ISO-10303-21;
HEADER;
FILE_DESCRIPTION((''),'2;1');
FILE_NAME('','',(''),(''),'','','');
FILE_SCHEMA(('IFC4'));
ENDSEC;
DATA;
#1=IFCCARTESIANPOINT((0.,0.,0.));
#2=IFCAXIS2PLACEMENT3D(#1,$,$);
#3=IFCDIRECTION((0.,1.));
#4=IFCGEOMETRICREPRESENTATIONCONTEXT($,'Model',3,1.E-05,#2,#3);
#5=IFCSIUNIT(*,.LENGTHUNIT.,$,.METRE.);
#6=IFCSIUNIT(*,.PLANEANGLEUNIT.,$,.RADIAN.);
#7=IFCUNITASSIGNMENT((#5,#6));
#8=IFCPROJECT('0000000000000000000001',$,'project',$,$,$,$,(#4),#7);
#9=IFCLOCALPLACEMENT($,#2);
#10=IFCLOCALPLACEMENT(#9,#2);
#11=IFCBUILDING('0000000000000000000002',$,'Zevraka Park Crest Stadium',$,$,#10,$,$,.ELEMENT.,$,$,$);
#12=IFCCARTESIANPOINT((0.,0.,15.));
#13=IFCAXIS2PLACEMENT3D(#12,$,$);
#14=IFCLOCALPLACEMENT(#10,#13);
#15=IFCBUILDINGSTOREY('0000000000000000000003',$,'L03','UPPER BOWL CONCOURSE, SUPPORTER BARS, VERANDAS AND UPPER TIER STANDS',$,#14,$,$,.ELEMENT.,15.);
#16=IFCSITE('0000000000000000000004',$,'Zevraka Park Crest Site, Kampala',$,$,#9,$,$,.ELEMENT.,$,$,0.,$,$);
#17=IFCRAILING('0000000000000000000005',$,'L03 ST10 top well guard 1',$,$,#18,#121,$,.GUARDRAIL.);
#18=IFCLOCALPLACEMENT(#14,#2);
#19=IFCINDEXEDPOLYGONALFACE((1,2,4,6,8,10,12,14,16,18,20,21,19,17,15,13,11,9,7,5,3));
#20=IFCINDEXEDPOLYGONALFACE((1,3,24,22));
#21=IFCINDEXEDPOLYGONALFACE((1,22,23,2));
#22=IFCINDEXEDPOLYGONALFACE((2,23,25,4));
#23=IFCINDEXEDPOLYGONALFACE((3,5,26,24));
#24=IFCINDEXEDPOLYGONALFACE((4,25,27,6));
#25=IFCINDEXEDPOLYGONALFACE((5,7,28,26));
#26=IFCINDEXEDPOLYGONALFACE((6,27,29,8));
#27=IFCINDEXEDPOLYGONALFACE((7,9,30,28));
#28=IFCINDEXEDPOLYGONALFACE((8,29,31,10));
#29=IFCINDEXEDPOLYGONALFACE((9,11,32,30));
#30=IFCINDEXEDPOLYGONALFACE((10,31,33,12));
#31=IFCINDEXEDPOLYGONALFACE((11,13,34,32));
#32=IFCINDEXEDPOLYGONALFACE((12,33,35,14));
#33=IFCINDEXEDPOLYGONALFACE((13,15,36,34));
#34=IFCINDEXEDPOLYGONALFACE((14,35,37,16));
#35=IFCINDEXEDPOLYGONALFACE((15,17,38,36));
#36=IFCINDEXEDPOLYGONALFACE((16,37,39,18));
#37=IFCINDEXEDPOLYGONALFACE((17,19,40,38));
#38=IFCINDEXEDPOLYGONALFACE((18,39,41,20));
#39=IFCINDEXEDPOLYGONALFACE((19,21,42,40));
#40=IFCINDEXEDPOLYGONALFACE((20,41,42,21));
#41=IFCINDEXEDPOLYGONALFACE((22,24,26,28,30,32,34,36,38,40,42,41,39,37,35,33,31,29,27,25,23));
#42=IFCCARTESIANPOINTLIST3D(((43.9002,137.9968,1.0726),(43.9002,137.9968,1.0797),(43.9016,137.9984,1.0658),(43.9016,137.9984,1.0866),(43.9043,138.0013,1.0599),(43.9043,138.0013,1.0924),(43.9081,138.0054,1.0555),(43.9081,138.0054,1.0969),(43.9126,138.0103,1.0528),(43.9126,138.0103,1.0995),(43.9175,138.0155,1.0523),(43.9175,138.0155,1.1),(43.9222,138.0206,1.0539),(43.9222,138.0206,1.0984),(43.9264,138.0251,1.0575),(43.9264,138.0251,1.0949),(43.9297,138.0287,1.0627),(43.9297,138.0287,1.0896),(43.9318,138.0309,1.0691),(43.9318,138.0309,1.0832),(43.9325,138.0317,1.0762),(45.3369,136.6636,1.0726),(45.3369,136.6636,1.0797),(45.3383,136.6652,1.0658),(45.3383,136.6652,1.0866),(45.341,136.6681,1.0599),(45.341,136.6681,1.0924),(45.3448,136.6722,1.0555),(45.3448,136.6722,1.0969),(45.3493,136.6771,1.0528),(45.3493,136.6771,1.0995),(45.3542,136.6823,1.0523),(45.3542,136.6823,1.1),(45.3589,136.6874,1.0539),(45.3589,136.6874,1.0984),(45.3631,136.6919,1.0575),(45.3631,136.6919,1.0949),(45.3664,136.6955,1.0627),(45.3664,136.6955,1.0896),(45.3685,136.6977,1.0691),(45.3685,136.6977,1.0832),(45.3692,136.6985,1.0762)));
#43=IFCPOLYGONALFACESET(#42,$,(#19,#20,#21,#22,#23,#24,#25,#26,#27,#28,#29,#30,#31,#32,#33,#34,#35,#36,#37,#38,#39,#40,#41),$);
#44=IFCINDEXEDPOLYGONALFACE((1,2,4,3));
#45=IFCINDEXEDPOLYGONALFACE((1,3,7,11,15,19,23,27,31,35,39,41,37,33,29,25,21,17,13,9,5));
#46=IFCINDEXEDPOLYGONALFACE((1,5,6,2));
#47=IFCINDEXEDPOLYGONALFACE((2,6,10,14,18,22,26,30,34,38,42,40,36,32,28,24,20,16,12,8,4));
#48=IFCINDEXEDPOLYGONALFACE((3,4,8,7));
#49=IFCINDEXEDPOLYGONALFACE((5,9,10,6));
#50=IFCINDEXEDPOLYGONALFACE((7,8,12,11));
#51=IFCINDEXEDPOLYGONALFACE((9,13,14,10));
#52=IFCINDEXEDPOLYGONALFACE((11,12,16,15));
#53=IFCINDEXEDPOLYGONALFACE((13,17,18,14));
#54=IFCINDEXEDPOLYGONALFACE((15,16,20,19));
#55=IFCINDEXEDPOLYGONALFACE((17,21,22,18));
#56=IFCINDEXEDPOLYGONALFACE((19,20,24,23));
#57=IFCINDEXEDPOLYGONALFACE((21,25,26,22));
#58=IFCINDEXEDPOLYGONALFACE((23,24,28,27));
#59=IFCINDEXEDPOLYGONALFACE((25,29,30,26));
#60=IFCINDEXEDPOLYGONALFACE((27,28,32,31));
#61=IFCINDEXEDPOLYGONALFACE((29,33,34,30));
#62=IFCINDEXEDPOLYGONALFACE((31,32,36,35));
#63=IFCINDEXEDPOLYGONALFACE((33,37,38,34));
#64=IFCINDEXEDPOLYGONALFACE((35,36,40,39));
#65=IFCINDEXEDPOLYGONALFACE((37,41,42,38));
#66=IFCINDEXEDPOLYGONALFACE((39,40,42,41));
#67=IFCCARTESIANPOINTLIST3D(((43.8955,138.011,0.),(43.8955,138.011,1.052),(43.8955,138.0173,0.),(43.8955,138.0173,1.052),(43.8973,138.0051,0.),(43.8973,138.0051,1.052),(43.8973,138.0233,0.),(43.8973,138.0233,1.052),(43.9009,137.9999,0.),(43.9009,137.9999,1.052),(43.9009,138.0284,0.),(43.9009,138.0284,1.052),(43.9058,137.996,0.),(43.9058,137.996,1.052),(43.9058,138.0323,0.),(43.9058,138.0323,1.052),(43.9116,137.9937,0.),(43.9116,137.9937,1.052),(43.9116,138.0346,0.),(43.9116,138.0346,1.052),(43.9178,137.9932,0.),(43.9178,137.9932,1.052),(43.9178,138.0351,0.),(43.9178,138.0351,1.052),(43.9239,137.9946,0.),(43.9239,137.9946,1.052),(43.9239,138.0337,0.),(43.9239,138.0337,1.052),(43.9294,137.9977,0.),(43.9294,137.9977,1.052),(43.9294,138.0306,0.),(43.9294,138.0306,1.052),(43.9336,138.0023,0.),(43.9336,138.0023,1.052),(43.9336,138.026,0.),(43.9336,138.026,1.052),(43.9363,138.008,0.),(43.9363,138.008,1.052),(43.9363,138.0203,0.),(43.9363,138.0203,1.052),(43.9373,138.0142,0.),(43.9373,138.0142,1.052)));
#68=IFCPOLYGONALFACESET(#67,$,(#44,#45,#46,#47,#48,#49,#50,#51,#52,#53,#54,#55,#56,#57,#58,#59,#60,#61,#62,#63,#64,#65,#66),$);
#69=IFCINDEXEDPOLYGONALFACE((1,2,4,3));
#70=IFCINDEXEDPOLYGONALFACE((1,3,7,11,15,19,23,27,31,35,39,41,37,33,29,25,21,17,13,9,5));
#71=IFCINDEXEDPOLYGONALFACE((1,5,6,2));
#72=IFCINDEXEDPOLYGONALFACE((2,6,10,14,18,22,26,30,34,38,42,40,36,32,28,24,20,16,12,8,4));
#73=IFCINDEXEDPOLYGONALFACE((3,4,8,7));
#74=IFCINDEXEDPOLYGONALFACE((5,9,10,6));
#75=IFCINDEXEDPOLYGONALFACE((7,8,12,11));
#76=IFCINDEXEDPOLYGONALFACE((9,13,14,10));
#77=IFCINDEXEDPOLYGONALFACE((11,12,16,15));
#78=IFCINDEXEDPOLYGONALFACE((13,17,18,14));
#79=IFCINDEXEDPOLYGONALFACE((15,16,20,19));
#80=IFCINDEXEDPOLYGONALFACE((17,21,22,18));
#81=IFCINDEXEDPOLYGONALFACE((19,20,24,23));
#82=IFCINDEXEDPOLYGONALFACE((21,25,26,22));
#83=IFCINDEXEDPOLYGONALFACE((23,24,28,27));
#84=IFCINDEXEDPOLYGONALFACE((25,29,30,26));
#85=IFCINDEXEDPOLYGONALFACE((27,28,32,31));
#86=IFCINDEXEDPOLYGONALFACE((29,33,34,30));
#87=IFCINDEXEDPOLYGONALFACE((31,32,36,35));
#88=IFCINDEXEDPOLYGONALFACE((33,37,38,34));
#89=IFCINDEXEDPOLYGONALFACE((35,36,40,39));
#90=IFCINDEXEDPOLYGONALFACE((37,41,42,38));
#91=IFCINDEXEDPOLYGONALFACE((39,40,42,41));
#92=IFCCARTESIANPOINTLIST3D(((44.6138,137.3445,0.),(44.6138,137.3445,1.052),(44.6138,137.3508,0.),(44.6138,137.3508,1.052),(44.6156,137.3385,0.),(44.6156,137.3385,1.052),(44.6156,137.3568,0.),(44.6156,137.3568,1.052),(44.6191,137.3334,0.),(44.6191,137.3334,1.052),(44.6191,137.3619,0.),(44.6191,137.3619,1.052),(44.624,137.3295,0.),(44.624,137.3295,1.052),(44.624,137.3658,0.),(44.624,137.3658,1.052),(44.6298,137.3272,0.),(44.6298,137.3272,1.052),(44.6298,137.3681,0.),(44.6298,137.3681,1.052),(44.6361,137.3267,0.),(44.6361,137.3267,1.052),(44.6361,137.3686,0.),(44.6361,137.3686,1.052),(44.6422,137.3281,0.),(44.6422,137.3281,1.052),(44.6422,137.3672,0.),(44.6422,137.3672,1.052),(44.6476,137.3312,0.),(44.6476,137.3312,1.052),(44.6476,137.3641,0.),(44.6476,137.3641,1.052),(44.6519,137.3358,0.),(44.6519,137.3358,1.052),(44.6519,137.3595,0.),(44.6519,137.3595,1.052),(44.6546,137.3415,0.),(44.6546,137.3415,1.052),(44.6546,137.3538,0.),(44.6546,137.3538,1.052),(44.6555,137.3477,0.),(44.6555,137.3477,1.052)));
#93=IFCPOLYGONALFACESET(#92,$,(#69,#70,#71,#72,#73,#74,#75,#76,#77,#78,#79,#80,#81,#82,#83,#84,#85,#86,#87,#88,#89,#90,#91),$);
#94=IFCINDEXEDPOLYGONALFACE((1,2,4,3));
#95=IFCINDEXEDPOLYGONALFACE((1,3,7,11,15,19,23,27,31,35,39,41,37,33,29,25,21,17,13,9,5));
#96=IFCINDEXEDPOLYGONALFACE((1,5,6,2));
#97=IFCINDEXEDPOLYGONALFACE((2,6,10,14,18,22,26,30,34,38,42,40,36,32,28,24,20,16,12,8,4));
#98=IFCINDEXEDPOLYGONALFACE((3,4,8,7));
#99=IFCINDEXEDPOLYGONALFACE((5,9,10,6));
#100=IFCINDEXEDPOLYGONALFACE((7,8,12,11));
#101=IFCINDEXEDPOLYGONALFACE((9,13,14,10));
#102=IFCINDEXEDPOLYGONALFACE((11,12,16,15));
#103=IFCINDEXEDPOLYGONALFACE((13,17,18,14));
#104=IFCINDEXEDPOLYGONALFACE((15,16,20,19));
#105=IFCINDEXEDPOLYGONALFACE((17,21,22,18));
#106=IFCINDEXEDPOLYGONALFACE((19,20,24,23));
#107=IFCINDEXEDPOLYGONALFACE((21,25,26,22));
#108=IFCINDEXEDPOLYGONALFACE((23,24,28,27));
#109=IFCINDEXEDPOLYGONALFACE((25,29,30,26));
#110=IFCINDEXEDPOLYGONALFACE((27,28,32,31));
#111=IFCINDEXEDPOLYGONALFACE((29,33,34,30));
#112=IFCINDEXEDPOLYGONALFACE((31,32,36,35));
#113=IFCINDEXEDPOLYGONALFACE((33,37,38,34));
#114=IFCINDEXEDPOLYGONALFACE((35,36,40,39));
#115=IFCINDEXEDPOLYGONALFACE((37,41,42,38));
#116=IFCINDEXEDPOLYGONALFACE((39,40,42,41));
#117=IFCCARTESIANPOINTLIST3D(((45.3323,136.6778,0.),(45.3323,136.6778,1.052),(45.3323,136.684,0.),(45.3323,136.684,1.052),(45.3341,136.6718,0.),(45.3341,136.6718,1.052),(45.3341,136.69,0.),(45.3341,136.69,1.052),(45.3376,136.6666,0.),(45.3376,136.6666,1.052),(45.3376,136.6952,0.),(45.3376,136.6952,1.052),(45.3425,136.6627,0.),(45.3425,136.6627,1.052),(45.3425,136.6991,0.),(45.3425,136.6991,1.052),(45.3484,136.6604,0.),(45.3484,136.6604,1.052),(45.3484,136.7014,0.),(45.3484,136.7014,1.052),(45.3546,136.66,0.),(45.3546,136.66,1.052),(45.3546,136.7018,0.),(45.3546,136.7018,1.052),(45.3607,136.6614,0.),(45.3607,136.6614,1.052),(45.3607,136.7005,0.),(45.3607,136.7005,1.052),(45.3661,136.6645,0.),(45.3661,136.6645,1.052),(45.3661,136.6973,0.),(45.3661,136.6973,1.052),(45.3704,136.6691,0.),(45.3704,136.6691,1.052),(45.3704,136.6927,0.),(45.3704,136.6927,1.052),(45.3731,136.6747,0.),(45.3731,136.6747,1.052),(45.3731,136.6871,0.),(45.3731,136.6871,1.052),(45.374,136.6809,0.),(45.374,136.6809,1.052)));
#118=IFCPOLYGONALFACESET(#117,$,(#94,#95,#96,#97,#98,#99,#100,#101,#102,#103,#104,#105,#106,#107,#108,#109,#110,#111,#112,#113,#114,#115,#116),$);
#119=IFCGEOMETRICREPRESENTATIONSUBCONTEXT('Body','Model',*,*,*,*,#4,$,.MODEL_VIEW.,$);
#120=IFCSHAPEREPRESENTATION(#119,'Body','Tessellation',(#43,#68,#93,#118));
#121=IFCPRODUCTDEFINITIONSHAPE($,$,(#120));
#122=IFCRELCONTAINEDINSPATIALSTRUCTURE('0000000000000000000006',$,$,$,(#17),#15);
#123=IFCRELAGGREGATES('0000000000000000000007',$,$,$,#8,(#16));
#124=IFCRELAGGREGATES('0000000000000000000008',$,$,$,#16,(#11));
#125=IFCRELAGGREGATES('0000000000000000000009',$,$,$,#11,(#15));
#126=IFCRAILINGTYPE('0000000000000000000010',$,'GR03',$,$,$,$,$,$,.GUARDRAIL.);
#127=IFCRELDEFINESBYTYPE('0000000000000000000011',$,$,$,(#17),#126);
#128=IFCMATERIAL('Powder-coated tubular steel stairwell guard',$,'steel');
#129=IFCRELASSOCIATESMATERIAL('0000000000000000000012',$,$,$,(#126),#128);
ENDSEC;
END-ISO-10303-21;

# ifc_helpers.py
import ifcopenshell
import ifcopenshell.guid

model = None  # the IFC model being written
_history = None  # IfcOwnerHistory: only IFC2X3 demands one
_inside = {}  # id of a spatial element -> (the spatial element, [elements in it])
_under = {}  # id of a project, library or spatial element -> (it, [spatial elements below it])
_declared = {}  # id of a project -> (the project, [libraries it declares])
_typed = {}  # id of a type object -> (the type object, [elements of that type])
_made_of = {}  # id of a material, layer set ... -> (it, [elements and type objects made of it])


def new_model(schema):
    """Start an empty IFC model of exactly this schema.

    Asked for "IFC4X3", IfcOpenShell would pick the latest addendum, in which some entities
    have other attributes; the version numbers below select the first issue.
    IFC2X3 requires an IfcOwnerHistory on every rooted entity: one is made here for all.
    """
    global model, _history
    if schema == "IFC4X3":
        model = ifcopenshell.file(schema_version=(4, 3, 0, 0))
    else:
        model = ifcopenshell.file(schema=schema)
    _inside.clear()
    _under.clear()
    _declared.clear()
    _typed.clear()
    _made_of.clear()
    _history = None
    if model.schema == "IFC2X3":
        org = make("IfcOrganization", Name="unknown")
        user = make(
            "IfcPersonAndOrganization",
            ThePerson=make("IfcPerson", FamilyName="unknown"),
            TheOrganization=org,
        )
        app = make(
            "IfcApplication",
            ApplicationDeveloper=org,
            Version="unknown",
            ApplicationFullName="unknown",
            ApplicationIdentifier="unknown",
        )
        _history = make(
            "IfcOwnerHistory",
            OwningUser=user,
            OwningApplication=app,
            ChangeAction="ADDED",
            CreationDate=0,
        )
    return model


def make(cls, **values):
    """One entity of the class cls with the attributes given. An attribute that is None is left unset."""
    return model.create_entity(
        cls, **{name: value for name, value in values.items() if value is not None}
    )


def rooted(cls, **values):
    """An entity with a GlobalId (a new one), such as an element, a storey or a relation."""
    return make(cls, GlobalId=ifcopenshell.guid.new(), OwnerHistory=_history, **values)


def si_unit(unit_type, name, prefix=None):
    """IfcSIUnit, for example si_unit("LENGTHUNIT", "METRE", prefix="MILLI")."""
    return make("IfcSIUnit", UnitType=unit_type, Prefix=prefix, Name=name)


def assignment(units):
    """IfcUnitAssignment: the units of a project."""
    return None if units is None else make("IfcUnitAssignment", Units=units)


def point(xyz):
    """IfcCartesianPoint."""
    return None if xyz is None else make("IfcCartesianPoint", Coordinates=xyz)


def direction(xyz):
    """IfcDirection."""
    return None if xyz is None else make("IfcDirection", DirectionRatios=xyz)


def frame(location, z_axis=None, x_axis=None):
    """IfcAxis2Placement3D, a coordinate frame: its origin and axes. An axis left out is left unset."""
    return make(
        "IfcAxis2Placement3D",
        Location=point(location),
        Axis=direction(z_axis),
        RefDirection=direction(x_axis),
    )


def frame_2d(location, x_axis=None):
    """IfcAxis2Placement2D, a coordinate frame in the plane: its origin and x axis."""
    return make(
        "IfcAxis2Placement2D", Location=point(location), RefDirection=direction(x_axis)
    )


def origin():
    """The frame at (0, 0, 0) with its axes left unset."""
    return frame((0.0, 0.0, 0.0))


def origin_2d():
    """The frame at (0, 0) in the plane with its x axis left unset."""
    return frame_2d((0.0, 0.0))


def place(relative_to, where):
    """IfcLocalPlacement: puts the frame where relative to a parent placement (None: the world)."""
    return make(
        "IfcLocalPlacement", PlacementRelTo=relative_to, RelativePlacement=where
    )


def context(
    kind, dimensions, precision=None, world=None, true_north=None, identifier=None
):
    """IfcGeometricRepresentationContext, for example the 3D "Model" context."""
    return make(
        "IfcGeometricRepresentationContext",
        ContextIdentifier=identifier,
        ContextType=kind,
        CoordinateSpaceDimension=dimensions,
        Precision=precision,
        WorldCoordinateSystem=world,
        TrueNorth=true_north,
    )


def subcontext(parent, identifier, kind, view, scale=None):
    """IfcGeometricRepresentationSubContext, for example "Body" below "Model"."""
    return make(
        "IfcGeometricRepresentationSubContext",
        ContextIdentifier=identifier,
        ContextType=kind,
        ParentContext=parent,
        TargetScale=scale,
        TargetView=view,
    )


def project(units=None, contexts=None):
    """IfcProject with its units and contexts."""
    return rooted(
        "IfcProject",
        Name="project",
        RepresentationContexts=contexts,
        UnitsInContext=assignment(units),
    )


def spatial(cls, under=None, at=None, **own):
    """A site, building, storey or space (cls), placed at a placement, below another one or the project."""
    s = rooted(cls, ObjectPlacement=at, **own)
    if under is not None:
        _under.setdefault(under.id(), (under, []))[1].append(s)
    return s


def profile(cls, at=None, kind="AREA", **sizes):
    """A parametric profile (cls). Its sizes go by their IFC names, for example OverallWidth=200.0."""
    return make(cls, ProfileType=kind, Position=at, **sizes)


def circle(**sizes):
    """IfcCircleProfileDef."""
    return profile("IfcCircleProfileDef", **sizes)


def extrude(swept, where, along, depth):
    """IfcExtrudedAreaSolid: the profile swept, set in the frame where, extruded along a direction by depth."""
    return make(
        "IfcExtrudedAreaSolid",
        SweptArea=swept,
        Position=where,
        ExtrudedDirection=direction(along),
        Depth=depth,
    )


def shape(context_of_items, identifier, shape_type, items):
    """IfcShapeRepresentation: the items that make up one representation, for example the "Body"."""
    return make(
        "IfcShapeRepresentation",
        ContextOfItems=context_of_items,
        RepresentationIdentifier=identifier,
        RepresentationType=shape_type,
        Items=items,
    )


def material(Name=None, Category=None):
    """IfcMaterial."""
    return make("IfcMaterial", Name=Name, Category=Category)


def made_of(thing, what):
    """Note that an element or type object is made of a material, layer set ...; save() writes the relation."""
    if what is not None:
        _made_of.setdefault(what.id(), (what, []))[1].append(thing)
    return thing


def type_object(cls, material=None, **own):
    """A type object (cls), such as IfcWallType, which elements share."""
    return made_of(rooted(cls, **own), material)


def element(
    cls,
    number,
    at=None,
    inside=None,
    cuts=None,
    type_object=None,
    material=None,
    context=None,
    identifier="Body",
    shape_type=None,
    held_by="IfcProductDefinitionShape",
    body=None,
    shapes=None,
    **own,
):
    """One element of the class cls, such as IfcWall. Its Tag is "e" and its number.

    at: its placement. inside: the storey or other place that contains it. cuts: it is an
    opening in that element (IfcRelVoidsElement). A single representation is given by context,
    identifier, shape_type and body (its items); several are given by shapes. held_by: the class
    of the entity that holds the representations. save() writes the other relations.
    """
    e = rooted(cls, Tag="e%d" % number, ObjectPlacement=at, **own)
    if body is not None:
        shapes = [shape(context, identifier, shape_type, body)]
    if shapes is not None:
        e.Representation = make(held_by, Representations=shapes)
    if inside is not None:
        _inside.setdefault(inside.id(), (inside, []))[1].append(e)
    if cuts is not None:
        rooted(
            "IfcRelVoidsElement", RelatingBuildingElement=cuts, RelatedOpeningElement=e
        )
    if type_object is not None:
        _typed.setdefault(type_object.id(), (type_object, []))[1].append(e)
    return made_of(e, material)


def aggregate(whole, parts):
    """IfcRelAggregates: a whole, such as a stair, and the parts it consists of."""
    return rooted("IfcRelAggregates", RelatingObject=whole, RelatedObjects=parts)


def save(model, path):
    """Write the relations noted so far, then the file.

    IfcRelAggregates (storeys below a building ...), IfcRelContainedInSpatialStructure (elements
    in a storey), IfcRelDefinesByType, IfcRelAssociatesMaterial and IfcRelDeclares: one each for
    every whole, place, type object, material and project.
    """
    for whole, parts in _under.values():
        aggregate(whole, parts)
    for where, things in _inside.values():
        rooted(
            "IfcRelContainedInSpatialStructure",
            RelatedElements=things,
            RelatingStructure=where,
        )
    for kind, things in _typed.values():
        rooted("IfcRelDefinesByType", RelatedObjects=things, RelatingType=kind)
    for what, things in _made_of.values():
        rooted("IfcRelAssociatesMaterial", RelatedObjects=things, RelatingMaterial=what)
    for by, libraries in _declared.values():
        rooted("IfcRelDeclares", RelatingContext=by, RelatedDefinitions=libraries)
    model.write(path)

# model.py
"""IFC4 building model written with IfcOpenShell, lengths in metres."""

from ifc_helpers import new_model, si_unit, direction, frame, origin, origin_2d, place, context, subcontext, project, spatial, circle, extrude, material, type_object, element, save


model = new_model("IFC4")

# Units and contexts
model_context = context("Model", 3, precision=1e-05, world=origin(), true_north=direction((0.0, 1.0)))
body_context = subcontext(model_context, "Body", "Model", "MODEL_VIEW")
ifc_project = project(units=[si_unit("LENGTHUNIT", "METRE"), si_unit("PLANEANGLEUNIT", "RADIAN")], contexts=[model_context])

# Site, building, storey
site_placement = place(None, origin())
site = spatial("IfcSite", under=ifc_project, at=site_placement, Name="Zevraka Park Crest Site, Kampala", CompositionType="ELEMENT", RefElevation=0.0)
building_placement = place(site_placement, origin())
building = spatial("IfcBuilding", under=site, at=building_placement, Name="Zevraka Park Crest Stadium", CompositionType="ELEMENT")
storey_placement = place(building_placement, frame((0.0, 0.0, 15.0)))
storey = spatial("IfcBuildingStorey", under=building, at=storey_placement, Name="L03", Description="UPPER BOWL CONCOURSE, SUPPORTER BARS, VERANDAS AND UPPER TIER STANDS", CompositionType="ELEMENT", Elevation=15.0)

# Railing
ifc_material_1 = material(Name="Powder-coated tubular steel stairwell guard", Category="steel")
railing_type_1 = type_object("IfcRailingType", Name="GR03", PredefinedType="GUARDRAIL", material=ifc_material_1)
railing_1_placement = place(storey_placement, frame((43.9163, 138.0142, 0.0)))
element("IfcRailing", 1, at=railing_1_placement, inside=storey, type_object=railing_type_1, Name="L03 ST10 top well guard 1", PredefinedType="GUARDRAIL", context=body_context, shape_type="SweptSolid", body=[
    extrude(circle(Radius=0.0239, at=origin_2d()), frame((0.0, 0.0, 1.0762), z_axis=(0.73302, -0.680207, 0.0), x_axis=(0.680207, 0.73302, 0.0)), (0.0, 0.0, 1.0), 1.96),
    extrude(circle(Radius=0.021, at=origin_2d()), origin(), (0.0, 0.0, 1.0), 1.052),
    extrude(circle(Radius=0.021, at=origin_2d()), frame((0.7183, -0.6665, 0.0)), (0.0, 0.0, 1.0), 1.052),
    extrude(circle(Radius=0.021, at=origin_2d()), frame((1.4368, -1.3333, 0.0)), (0.0, 0.0, 1.0), 1.052),
])

save(model, "model.ifc")
